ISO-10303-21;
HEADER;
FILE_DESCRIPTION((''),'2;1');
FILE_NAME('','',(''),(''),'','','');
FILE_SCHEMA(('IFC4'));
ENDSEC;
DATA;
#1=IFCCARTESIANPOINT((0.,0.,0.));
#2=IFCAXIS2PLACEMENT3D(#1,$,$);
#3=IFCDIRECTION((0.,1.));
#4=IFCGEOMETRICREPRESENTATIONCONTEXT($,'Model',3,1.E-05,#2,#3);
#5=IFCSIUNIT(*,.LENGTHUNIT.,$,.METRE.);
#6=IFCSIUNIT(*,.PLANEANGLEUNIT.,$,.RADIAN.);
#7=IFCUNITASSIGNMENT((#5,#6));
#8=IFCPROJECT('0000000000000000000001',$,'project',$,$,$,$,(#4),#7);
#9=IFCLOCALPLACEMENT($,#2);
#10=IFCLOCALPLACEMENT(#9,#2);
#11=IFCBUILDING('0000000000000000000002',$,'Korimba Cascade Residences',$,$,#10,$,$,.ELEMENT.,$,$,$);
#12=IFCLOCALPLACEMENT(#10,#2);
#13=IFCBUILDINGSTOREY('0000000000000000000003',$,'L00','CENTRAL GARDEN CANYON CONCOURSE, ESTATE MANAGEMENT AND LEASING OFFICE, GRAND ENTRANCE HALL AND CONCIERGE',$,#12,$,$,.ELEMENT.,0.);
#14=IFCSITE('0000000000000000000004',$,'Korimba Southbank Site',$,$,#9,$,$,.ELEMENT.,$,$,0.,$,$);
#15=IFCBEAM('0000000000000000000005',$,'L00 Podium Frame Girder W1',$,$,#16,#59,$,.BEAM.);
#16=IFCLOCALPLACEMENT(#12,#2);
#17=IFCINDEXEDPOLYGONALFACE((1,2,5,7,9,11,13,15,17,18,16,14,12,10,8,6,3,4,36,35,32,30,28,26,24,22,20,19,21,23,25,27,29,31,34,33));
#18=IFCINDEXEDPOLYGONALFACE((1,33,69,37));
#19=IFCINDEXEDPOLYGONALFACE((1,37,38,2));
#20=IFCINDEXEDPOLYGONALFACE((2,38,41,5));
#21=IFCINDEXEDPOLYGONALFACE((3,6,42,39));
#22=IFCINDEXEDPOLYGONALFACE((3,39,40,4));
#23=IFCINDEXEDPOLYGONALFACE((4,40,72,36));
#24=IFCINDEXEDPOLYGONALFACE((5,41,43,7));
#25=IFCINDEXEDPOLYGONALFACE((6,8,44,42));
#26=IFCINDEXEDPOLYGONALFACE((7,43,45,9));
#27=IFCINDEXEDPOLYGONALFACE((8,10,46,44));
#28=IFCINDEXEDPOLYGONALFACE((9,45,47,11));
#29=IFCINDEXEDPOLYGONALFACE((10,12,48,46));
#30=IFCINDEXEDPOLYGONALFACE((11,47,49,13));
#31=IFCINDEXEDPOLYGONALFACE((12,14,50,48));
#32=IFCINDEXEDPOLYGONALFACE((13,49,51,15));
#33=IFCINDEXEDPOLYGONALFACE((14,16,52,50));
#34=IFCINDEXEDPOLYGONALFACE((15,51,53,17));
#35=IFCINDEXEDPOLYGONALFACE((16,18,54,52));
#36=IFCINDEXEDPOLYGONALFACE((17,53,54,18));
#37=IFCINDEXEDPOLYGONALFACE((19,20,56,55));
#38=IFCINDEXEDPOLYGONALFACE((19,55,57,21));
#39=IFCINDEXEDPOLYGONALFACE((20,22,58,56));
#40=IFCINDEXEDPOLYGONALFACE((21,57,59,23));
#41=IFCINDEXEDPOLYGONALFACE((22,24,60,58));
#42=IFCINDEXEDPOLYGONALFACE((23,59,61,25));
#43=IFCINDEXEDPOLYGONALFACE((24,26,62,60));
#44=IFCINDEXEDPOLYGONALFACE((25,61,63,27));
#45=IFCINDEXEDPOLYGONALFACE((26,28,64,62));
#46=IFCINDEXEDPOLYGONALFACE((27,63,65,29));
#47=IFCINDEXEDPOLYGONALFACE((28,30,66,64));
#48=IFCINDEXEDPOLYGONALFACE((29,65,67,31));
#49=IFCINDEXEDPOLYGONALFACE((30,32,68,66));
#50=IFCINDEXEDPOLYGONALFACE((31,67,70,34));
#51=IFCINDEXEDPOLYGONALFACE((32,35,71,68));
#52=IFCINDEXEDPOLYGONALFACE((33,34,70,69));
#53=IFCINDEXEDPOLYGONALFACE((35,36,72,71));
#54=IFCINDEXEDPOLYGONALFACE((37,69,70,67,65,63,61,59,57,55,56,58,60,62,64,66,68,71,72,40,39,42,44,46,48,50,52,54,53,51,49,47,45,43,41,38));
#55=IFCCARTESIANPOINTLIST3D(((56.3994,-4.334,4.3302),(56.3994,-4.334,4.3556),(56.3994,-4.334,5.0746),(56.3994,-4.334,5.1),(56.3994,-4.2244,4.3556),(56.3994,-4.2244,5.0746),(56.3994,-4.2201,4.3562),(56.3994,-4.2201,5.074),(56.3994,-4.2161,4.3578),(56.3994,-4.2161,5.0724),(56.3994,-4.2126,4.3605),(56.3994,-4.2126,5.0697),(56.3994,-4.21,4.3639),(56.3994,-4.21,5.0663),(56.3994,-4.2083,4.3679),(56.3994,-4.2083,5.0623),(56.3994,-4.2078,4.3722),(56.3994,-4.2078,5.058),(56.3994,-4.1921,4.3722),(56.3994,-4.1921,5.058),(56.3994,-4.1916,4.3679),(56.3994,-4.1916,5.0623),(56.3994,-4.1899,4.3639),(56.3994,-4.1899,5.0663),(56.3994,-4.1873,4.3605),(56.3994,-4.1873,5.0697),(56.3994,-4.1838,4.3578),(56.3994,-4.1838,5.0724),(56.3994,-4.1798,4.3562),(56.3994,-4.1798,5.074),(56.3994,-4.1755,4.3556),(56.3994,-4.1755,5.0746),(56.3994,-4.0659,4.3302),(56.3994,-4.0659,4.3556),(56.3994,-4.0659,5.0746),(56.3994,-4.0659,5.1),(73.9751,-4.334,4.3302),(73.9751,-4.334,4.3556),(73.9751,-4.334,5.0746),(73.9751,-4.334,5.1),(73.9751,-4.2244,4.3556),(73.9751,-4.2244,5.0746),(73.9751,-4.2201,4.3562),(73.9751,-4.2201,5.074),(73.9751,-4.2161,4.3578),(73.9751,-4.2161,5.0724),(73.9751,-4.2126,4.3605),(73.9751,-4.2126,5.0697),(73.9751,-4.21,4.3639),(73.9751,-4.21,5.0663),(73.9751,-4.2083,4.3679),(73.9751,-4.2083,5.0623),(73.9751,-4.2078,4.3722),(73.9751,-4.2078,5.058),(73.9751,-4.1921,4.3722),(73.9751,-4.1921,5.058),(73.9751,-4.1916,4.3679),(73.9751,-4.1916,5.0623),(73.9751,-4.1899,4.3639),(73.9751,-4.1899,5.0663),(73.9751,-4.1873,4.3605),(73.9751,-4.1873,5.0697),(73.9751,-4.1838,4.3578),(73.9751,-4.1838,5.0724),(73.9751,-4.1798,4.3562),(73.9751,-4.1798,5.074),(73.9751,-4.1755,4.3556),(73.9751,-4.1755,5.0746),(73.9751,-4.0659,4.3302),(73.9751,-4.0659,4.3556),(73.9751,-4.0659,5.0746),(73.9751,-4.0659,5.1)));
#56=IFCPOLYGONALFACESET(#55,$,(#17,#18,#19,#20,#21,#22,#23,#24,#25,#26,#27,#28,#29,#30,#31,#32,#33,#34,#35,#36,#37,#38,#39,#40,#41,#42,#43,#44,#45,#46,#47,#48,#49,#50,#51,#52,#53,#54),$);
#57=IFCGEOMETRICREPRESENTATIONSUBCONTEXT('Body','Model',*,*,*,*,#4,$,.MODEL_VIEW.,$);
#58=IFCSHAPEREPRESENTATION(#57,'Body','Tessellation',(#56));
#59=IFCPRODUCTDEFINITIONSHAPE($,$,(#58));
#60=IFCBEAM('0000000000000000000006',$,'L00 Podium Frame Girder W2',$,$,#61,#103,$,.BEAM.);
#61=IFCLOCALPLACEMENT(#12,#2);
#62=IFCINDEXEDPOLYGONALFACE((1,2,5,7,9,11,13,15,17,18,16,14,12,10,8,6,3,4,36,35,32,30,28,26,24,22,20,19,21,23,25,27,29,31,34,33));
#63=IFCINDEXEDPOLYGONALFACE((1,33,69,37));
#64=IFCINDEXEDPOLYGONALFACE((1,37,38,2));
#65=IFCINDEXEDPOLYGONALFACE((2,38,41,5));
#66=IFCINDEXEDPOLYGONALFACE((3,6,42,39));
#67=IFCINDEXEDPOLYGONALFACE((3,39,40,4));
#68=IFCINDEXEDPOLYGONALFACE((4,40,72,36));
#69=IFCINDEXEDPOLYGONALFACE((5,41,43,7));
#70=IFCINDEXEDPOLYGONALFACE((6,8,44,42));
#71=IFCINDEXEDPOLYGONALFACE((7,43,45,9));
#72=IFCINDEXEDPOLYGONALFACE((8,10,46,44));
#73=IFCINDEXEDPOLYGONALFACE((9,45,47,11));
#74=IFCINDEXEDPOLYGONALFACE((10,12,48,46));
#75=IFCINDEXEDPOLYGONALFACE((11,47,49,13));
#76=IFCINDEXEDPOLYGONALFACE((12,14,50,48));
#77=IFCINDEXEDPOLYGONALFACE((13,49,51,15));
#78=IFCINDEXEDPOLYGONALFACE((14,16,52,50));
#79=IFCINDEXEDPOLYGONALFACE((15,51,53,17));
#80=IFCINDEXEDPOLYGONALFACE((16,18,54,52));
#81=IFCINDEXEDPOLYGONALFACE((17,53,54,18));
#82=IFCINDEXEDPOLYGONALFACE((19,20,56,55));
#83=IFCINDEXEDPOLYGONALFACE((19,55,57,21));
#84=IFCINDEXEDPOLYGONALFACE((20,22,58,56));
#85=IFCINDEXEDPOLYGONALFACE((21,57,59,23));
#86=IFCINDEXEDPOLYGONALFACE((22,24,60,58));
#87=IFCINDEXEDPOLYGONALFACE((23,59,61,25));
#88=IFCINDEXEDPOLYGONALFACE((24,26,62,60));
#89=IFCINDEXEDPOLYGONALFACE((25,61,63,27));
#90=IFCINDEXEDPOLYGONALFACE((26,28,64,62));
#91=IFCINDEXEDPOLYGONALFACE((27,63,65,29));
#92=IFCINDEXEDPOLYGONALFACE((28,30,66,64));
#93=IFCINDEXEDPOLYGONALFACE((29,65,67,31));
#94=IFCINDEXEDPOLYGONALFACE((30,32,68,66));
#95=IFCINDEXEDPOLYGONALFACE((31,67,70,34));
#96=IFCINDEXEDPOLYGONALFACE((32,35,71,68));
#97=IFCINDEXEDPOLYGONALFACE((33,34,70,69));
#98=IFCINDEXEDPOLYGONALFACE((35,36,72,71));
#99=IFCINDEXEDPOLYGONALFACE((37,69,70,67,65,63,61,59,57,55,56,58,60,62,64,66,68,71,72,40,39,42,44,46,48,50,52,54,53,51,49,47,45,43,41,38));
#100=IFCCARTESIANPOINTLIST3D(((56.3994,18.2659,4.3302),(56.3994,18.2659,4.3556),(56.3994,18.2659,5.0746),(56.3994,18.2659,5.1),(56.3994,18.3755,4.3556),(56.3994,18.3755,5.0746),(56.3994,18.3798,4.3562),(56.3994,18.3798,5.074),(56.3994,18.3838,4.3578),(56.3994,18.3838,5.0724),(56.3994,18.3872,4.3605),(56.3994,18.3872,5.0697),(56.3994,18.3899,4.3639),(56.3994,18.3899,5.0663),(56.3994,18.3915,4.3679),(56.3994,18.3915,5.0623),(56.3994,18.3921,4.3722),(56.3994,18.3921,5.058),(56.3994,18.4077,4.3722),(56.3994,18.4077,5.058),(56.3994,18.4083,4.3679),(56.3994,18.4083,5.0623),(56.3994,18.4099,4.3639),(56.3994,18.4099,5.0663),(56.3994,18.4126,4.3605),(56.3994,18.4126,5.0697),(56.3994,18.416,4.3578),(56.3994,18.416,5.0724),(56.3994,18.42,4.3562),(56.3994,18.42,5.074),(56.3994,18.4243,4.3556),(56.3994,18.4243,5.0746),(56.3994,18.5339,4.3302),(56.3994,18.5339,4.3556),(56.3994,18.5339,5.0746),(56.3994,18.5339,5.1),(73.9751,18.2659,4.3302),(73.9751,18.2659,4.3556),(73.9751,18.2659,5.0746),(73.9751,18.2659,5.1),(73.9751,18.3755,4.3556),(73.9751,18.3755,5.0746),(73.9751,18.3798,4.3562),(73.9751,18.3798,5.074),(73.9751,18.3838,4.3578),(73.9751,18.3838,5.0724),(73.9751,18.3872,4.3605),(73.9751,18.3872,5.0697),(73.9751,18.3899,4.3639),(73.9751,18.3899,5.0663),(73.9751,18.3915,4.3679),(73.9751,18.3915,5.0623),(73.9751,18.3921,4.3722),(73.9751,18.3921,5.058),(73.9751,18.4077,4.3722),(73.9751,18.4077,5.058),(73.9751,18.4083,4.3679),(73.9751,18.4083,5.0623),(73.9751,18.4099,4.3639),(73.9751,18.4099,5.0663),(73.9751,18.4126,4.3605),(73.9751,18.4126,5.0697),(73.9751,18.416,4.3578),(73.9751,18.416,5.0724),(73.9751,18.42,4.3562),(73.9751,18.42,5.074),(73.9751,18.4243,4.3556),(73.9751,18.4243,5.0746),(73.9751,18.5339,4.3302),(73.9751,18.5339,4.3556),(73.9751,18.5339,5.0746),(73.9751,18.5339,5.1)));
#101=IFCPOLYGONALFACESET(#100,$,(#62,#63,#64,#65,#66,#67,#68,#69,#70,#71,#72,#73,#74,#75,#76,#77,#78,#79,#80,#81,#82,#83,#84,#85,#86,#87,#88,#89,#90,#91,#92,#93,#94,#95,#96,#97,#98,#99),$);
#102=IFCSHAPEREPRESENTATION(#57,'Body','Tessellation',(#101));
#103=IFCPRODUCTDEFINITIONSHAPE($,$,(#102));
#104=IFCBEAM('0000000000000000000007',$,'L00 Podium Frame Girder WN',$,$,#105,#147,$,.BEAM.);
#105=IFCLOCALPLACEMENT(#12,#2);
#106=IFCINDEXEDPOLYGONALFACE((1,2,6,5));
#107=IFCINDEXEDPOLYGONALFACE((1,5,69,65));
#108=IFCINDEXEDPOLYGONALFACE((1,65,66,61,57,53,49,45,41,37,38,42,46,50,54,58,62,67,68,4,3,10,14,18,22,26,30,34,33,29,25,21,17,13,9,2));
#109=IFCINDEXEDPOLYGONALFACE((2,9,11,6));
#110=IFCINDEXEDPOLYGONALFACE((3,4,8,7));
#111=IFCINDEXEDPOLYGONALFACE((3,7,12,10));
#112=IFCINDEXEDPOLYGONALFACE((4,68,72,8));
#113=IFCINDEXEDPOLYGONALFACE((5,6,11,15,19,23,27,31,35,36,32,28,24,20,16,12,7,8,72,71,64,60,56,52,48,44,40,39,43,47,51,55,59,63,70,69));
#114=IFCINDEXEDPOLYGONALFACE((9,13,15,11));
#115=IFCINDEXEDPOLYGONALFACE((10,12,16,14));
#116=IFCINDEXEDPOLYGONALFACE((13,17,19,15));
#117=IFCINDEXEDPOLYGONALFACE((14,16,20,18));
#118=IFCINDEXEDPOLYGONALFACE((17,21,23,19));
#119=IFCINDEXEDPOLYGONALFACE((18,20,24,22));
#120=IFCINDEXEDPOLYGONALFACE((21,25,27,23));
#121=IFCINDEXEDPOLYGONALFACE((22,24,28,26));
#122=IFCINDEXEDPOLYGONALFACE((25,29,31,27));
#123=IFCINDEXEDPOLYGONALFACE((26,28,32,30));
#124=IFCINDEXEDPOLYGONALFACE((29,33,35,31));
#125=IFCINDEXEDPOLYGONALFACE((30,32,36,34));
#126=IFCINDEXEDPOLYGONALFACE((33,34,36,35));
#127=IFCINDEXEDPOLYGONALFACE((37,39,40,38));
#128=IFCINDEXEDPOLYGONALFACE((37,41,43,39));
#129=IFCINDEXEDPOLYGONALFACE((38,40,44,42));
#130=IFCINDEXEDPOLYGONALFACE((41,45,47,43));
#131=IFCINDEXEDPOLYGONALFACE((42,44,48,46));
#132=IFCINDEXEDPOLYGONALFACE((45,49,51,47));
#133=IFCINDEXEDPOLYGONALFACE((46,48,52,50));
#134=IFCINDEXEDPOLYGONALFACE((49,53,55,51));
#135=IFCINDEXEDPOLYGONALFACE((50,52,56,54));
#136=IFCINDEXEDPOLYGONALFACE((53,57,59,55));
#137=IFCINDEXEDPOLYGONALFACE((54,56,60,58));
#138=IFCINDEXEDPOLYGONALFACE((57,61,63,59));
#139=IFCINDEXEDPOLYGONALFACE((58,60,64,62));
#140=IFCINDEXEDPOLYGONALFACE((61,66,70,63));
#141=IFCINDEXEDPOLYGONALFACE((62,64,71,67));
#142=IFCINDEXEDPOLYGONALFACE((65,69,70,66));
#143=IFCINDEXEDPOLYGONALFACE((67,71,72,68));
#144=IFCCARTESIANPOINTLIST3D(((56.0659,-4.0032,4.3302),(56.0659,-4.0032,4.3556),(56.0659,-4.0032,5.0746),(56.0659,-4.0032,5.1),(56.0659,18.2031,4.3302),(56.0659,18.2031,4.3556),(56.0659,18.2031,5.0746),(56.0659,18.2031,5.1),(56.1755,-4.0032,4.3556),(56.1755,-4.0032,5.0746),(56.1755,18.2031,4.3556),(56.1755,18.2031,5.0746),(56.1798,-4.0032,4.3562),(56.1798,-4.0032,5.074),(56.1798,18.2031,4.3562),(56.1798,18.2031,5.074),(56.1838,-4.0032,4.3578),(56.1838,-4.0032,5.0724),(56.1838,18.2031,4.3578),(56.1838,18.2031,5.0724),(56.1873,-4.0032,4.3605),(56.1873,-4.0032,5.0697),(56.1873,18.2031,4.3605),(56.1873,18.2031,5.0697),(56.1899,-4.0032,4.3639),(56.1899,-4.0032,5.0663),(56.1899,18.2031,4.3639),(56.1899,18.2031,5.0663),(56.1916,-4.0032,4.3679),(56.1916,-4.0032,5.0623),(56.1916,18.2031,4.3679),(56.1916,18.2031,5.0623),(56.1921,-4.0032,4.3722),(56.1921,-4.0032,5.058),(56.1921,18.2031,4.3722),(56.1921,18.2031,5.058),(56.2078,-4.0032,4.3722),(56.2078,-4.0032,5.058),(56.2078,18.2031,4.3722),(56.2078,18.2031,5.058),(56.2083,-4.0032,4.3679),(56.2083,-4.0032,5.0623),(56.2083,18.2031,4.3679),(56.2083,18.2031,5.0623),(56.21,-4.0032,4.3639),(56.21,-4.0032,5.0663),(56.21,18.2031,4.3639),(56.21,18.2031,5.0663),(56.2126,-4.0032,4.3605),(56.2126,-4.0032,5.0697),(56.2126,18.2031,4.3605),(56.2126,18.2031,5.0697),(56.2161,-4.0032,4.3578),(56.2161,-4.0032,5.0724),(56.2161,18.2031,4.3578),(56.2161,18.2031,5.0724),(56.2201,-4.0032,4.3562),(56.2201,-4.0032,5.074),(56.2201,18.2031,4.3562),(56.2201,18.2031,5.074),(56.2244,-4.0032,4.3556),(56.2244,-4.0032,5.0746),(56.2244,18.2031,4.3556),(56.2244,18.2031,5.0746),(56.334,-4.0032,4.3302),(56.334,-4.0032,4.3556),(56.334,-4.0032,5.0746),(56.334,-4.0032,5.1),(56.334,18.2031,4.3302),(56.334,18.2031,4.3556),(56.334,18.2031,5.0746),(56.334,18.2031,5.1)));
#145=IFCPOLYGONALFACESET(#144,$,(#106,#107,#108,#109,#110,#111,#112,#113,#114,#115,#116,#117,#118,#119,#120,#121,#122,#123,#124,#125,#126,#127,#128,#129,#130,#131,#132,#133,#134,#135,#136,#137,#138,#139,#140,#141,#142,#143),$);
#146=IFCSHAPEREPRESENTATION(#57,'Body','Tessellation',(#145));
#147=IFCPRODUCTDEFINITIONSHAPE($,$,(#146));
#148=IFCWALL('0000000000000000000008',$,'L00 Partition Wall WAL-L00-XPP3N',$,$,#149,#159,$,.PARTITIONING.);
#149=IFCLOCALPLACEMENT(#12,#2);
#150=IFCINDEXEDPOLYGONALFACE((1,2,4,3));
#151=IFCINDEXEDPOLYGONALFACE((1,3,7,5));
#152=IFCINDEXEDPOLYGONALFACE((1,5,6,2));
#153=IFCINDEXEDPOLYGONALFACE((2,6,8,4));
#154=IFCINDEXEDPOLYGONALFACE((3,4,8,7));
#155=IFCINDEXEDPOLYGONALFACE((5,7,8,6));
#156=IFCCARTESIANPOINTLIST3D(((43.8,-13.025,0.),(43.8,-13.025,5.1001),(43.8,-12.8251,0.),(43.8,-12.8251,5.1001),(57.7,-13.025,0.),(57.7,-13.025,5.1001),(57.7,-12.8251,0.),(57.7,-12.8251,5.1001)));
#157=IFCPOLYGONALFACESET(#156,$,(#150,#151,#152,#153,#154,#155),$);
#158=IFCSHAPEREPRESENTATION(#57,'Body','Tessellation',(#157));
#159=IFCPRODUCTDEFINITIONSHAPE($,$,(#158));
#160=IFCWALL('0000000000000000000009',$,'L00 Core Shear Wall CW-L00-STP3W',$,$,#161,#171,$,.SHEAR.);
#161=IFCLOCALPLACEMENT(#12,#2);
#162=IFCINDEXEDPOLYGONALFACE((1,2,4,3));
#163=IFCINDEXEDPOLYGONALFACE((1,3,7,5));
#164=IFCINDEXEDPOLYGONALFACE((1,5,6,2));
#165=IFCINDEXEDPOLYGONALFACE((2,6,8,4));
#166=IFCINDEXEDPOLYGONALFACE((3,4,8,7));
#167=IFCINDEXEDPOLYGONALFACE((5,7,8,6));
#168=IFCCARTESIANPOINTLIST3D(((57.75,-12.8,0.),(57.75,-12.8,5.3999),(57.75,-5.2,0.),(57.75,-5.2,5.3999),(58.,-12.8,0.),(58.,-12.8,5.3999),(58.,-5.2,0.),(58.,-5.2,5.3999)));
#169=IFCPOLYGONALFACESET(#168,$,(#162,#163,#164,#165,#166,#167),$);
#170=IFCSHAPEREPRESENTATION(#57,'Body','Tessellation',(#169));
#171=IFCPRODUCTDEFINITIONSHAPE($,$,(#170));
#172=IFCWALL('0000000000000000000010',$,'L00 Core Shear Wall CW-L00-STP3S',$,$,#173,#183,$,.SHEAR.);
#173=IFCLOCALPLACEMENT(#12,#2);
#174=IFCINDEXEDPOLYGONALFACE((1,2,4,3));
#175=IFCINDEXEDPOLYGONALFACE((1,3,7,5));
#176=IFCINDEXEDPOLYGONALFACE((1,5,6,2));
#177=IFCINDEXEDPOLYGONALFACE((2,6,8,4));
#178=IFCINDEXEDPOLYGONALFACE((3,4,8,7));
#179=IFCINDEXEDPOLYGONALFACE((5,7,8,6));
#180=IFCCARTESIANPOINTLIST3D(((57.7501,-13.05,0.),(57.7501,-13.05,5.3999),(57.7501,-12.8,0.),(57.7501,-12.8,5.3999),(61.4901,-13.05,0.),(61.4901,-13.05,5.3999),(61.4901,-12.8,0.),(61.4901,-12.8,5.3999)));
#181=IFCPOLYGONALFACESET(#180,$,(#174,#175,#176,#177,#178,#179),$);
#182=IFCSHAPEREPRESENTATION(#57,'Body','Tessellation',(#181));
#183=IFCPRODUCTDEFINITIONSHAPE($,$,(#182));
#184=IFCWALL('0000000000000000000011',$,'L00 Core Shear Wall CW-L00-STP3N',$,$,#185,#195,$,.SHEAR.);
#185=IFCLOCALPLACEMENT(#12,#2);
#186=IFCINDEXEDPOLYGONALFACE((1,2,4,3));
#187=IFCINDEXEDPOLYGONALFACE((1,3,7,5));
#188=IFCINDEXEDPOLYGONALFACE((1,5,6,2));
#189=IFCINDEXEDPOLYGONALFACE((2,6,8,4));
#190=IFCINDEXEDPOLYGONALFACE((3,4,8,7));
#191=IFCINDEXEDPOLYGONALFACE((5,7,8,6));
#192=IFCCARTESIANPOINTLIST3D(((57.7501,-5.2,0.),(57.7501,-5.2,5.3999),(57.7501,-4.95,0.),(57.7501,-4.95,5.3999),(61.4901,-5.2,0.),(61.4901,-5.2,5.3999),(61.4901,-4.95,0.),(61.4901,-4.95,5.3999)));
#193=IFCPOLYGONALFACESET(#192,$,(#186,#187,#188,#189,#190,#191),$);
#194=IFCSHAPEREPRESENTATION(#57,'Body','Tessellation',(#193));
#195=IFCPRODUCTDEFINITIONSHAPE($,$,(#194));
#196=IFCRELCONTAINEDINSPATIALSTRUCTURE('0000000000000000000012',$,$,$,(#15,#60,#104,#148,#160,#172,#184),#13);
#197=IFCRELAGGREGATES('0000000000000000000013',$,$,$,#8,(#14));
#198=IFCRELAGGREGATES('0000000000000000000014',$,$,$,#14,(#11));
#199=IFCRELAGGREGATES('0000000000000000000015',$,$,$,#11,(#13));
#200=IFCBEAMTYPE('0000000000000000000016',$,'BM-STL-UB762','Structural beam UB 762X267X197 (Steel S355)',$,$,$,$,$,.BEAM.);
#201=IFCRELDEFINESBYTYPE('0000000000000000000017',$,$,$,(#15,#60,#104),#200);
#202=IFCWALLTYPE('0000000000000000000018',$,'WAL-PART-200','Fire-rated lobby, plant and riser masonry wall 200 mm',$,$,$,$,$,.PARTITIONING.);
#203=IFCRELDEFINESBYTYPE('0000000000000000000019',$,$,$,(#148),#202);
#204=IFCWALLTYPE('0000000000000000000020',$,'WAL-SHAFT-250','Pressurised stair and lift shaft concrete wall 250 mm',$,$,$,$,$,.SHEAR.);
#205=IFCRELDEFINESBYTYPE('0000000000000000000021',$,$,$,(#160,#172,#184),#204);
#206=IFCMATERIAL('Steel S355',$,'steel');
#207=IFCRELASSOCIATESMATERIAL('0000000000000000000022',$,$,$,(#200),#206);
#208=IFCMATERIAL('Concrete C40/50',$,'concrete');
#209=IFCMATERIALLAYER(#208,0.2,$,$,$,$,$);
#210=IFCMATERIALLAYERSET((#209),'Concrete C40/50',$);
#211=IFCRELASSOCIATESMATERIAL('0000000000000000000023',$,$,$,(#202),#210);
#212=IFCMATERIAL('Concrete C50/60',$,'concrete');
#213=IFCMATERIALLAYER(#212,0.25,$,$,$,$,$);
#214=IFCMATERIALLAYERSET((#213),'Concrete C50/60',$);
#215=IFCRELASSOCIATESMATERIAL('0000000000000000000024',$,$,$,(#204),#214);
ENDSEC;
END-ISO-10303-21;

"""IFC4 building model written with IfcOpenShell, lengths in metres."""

from ifc_helpers import new_model, si_unit, direction, frame, frame_2d, origin, origin_2d, place, context, subcontext, project, spatial, rectangle, i_section, extrude, material, layer, layer_set, material_profile, profile_set, type_object, element, save


model = new_model("IFC4")

# Units and contexts
model_context = context("Model", 3, precision=1e-05, world=origin(), true_north=direction((0.0, 1.0)))
body_context = subcontext(model_context, "Body", "Model", "MODEL_VIEW")
ifc_project = project(units=[si_unit("LENGTHUNIT", "METRE"), si_unit("PLANEANGLEUNIT", "RADIAN")], contexts=[model_context])

# Site, building, storey
site_placement = place(None, origin())
site = spatial("IfcSite", under=ifc_project, at=site_placement, Name="Korimba Southbank Site", CompositionType="ELEMENT", RefElevation=0.0)
building_placement = place(site_placement, origin())
building = spatial("IfcBuilding", under=site, at=building_placement, Name="Korimba Cascade Residences", CompositionType="ELEMENT")
storey_placement = place(building_placement, origin())
storey = spatial("IfcBuildingStorey", under=building, at=storey_placement, Name="L00", Description="CENTRAL GARDEN CANYON CONCOURSE, ESTATE MANAGEMENT AND LEASING OFFICE, GRAND ENTRANCE HALL AND CONCIERGE", CompositionType="ELEMENT", Elevation=0.0)

# Shared definitions
ifc_material_1 = material(Name="Steel S355", Category="steel")

# Beams
ifc_material_profile_1 = material_profile(ifc_material_1, i_section(OverallWidth=0.2681, OverallDepth=0.7698, WebThickness=0.0156, FlangeThickness=0.0254, FilletRadius=0.0166, at=origin_2d()), Name="Steel S355")
ifc_profile_set_1 = profile_set([ifc_material_profile_1], Name="Steel S355")
beam_type = type_object("IfcBeamType", Name="BM-STL-UB762", Description="Structural beam UB 762X267X197 (Steel S355)", PredefinedType="BEAM", material=ifc_profile_set_1)
for number, where, z_axis, x_axis, name in (
    (1, (56.3994, -4.2, 4.7151), (1.0, 0.0, 0.0), (0.0, 1.0, 0.0), "L00 Podium Frame Girder W1"),
    (2, (56.3994, 18.3999, 4.7151), (1.0, 0.0, 0.0), (0.0, 1.0, 0.0), "L00 Podium Frame Girder W2"),
):
    element("IfcBeam", number, at=place(storey_placement, frame(where, z_axis=z_axis, x_axis=x_axis)), inside=storey, type_object=beam_type, Name=name, PredefinedType="BEAM", context=body_context, shape_type="SweptSolid", body=[
        extrude(i_section(OverallWidth=0.2681, OverallDepth=0.7698, WebThickness=0.0156, FlangeThickness=0.0254, FilletRadius=0.0166, at=origin_2d()), origin(), (0.0, 0.0, 1.0), 17.5757),
    ])
beam_placement = place(storey_placement, frame((56.2, -4.0032, 4.7151), z_axis=(0.0, 1.0, 0.0), x_axis=(-1.0, 0.0, 0.0)))
element("IfcBeam", 3, at=beam_placement, inside=storey, type_object=beam_type, Name="L00 Podium Frame Girder WN", PredefinedType="BEAM", context=body_context, shape_type="SweptSolid", body=[
    extrude(i_section(OverallWidth=0.2681, OverallDepth=0.7698, WebThickness=0.0156, FlangeThickness=0.0254, FilletRadius=0.0166, at=origin_2d()), origin(), (0.0, 0.0, 1.0), 22.2063),
])

# Walls
ifc_material_2 = material(Name="Concrete C40/50", Category="concrete")
ifc_layer_1 = layer(ifc_material_2, 0.2)
ifc_layer_set_1 = layer_set([ifc_layer_1], Name="Concrete C40/50")
wall_type_1 = type_object("IfcWallType", Name="WAL-PART-200", Description="Fire-rated lobby, plant and riser masonry wall 200 mm", PredefinedType="PARTITIONING", material=ifc_layer_set_1)
wall_1_placement = place(storey_placement, frame((43.8, -12.925, 0.0), z_axis=(0.0, 0.0, 1.0), x_axis=(1.0, 0.0, 0.0)))
element("IfcWall", 4, at=wall_1_placement, inside=storey, type_object=wall_type_1, Name="L00 Partition Wall WAL-L00-XPP3N", PredefinedType="PARTITIONING", context=body_context, shape_type="SweptSolid", body=[
    extrude(rectangle(XDim=13.8999, YDim=0.2, at=frame_2d((6.95, 0.0))), origin(), (0.0, 0.0, 1.0), 5.1001),
])
ifc_material_3 = material(Name="Concrete C50/60", Category="concrete")
ifc_layer_2 = layer(ifc_material_3, 0.25)
ifc_layer_set_2 = layer_set([ifc_layer_2], Name="Concrete C50/60")
wall_type_2 = type_object("IfcWallType", Name="WAL-SHAFT-250", Description="Pressurised stair and lift shaft concrete wall 250 mm", PredefinedType="SHEAR", material=ifc_layer_set_2)
wall_2_placement = place(storey_placement, frame((57.875, -12.8, 0.0), z_axis=(0.0, 0.0, 1.0), x_axis=(0.0, 1.0, 0.0)))
element("IfcWall", 5, at=wall_2_placement, inside=storey, type_object=wall_type_2, Name="L00 Core Shear Wall CW-L00-STP3W", PredefinedType="SHEAR", context=body_context, shape_type="SweptSolid", body=[
    extrude(rectangle(XDim=7.6001, YDim=0.25, at=frame_2d((3.8, 0.0))), origin(), (0.0, 0.0, 1.0), 5.3999),
])
for number, where, z_axis, x_axis, name in (
    (6, (57.75, -12.925, 0.0), (0.0, 0.0, 1.0), (1.0, 0.0, 0.0), "L00 Core Shear Wall CW-L00-STP3S"),
    (7, (57.75, -5.075, 0.0), (0.0, 0.0, 1.0), (1.0, 0.0, 0.0), "L00 Core Shear Wall CW-L00-STP3N"),
):
    element("IfcWall", number, at=place(storey_placement, frame(where, z_axis=z_axis, x_axis=x_axis)), inside=storey, type_object=wall_type_2, Name=name, PredefinedType="SHEAR", context=body_context, shape_type="SweptSolid", body=[
        extrude(rectangle(XDim=3.74, YDim=0.25, at=frame_2d((1.8701, 0.0))), origin(), (0.0, 0.0, 1.0), 5.3999),
    ])

save(model, "model.ifc")
